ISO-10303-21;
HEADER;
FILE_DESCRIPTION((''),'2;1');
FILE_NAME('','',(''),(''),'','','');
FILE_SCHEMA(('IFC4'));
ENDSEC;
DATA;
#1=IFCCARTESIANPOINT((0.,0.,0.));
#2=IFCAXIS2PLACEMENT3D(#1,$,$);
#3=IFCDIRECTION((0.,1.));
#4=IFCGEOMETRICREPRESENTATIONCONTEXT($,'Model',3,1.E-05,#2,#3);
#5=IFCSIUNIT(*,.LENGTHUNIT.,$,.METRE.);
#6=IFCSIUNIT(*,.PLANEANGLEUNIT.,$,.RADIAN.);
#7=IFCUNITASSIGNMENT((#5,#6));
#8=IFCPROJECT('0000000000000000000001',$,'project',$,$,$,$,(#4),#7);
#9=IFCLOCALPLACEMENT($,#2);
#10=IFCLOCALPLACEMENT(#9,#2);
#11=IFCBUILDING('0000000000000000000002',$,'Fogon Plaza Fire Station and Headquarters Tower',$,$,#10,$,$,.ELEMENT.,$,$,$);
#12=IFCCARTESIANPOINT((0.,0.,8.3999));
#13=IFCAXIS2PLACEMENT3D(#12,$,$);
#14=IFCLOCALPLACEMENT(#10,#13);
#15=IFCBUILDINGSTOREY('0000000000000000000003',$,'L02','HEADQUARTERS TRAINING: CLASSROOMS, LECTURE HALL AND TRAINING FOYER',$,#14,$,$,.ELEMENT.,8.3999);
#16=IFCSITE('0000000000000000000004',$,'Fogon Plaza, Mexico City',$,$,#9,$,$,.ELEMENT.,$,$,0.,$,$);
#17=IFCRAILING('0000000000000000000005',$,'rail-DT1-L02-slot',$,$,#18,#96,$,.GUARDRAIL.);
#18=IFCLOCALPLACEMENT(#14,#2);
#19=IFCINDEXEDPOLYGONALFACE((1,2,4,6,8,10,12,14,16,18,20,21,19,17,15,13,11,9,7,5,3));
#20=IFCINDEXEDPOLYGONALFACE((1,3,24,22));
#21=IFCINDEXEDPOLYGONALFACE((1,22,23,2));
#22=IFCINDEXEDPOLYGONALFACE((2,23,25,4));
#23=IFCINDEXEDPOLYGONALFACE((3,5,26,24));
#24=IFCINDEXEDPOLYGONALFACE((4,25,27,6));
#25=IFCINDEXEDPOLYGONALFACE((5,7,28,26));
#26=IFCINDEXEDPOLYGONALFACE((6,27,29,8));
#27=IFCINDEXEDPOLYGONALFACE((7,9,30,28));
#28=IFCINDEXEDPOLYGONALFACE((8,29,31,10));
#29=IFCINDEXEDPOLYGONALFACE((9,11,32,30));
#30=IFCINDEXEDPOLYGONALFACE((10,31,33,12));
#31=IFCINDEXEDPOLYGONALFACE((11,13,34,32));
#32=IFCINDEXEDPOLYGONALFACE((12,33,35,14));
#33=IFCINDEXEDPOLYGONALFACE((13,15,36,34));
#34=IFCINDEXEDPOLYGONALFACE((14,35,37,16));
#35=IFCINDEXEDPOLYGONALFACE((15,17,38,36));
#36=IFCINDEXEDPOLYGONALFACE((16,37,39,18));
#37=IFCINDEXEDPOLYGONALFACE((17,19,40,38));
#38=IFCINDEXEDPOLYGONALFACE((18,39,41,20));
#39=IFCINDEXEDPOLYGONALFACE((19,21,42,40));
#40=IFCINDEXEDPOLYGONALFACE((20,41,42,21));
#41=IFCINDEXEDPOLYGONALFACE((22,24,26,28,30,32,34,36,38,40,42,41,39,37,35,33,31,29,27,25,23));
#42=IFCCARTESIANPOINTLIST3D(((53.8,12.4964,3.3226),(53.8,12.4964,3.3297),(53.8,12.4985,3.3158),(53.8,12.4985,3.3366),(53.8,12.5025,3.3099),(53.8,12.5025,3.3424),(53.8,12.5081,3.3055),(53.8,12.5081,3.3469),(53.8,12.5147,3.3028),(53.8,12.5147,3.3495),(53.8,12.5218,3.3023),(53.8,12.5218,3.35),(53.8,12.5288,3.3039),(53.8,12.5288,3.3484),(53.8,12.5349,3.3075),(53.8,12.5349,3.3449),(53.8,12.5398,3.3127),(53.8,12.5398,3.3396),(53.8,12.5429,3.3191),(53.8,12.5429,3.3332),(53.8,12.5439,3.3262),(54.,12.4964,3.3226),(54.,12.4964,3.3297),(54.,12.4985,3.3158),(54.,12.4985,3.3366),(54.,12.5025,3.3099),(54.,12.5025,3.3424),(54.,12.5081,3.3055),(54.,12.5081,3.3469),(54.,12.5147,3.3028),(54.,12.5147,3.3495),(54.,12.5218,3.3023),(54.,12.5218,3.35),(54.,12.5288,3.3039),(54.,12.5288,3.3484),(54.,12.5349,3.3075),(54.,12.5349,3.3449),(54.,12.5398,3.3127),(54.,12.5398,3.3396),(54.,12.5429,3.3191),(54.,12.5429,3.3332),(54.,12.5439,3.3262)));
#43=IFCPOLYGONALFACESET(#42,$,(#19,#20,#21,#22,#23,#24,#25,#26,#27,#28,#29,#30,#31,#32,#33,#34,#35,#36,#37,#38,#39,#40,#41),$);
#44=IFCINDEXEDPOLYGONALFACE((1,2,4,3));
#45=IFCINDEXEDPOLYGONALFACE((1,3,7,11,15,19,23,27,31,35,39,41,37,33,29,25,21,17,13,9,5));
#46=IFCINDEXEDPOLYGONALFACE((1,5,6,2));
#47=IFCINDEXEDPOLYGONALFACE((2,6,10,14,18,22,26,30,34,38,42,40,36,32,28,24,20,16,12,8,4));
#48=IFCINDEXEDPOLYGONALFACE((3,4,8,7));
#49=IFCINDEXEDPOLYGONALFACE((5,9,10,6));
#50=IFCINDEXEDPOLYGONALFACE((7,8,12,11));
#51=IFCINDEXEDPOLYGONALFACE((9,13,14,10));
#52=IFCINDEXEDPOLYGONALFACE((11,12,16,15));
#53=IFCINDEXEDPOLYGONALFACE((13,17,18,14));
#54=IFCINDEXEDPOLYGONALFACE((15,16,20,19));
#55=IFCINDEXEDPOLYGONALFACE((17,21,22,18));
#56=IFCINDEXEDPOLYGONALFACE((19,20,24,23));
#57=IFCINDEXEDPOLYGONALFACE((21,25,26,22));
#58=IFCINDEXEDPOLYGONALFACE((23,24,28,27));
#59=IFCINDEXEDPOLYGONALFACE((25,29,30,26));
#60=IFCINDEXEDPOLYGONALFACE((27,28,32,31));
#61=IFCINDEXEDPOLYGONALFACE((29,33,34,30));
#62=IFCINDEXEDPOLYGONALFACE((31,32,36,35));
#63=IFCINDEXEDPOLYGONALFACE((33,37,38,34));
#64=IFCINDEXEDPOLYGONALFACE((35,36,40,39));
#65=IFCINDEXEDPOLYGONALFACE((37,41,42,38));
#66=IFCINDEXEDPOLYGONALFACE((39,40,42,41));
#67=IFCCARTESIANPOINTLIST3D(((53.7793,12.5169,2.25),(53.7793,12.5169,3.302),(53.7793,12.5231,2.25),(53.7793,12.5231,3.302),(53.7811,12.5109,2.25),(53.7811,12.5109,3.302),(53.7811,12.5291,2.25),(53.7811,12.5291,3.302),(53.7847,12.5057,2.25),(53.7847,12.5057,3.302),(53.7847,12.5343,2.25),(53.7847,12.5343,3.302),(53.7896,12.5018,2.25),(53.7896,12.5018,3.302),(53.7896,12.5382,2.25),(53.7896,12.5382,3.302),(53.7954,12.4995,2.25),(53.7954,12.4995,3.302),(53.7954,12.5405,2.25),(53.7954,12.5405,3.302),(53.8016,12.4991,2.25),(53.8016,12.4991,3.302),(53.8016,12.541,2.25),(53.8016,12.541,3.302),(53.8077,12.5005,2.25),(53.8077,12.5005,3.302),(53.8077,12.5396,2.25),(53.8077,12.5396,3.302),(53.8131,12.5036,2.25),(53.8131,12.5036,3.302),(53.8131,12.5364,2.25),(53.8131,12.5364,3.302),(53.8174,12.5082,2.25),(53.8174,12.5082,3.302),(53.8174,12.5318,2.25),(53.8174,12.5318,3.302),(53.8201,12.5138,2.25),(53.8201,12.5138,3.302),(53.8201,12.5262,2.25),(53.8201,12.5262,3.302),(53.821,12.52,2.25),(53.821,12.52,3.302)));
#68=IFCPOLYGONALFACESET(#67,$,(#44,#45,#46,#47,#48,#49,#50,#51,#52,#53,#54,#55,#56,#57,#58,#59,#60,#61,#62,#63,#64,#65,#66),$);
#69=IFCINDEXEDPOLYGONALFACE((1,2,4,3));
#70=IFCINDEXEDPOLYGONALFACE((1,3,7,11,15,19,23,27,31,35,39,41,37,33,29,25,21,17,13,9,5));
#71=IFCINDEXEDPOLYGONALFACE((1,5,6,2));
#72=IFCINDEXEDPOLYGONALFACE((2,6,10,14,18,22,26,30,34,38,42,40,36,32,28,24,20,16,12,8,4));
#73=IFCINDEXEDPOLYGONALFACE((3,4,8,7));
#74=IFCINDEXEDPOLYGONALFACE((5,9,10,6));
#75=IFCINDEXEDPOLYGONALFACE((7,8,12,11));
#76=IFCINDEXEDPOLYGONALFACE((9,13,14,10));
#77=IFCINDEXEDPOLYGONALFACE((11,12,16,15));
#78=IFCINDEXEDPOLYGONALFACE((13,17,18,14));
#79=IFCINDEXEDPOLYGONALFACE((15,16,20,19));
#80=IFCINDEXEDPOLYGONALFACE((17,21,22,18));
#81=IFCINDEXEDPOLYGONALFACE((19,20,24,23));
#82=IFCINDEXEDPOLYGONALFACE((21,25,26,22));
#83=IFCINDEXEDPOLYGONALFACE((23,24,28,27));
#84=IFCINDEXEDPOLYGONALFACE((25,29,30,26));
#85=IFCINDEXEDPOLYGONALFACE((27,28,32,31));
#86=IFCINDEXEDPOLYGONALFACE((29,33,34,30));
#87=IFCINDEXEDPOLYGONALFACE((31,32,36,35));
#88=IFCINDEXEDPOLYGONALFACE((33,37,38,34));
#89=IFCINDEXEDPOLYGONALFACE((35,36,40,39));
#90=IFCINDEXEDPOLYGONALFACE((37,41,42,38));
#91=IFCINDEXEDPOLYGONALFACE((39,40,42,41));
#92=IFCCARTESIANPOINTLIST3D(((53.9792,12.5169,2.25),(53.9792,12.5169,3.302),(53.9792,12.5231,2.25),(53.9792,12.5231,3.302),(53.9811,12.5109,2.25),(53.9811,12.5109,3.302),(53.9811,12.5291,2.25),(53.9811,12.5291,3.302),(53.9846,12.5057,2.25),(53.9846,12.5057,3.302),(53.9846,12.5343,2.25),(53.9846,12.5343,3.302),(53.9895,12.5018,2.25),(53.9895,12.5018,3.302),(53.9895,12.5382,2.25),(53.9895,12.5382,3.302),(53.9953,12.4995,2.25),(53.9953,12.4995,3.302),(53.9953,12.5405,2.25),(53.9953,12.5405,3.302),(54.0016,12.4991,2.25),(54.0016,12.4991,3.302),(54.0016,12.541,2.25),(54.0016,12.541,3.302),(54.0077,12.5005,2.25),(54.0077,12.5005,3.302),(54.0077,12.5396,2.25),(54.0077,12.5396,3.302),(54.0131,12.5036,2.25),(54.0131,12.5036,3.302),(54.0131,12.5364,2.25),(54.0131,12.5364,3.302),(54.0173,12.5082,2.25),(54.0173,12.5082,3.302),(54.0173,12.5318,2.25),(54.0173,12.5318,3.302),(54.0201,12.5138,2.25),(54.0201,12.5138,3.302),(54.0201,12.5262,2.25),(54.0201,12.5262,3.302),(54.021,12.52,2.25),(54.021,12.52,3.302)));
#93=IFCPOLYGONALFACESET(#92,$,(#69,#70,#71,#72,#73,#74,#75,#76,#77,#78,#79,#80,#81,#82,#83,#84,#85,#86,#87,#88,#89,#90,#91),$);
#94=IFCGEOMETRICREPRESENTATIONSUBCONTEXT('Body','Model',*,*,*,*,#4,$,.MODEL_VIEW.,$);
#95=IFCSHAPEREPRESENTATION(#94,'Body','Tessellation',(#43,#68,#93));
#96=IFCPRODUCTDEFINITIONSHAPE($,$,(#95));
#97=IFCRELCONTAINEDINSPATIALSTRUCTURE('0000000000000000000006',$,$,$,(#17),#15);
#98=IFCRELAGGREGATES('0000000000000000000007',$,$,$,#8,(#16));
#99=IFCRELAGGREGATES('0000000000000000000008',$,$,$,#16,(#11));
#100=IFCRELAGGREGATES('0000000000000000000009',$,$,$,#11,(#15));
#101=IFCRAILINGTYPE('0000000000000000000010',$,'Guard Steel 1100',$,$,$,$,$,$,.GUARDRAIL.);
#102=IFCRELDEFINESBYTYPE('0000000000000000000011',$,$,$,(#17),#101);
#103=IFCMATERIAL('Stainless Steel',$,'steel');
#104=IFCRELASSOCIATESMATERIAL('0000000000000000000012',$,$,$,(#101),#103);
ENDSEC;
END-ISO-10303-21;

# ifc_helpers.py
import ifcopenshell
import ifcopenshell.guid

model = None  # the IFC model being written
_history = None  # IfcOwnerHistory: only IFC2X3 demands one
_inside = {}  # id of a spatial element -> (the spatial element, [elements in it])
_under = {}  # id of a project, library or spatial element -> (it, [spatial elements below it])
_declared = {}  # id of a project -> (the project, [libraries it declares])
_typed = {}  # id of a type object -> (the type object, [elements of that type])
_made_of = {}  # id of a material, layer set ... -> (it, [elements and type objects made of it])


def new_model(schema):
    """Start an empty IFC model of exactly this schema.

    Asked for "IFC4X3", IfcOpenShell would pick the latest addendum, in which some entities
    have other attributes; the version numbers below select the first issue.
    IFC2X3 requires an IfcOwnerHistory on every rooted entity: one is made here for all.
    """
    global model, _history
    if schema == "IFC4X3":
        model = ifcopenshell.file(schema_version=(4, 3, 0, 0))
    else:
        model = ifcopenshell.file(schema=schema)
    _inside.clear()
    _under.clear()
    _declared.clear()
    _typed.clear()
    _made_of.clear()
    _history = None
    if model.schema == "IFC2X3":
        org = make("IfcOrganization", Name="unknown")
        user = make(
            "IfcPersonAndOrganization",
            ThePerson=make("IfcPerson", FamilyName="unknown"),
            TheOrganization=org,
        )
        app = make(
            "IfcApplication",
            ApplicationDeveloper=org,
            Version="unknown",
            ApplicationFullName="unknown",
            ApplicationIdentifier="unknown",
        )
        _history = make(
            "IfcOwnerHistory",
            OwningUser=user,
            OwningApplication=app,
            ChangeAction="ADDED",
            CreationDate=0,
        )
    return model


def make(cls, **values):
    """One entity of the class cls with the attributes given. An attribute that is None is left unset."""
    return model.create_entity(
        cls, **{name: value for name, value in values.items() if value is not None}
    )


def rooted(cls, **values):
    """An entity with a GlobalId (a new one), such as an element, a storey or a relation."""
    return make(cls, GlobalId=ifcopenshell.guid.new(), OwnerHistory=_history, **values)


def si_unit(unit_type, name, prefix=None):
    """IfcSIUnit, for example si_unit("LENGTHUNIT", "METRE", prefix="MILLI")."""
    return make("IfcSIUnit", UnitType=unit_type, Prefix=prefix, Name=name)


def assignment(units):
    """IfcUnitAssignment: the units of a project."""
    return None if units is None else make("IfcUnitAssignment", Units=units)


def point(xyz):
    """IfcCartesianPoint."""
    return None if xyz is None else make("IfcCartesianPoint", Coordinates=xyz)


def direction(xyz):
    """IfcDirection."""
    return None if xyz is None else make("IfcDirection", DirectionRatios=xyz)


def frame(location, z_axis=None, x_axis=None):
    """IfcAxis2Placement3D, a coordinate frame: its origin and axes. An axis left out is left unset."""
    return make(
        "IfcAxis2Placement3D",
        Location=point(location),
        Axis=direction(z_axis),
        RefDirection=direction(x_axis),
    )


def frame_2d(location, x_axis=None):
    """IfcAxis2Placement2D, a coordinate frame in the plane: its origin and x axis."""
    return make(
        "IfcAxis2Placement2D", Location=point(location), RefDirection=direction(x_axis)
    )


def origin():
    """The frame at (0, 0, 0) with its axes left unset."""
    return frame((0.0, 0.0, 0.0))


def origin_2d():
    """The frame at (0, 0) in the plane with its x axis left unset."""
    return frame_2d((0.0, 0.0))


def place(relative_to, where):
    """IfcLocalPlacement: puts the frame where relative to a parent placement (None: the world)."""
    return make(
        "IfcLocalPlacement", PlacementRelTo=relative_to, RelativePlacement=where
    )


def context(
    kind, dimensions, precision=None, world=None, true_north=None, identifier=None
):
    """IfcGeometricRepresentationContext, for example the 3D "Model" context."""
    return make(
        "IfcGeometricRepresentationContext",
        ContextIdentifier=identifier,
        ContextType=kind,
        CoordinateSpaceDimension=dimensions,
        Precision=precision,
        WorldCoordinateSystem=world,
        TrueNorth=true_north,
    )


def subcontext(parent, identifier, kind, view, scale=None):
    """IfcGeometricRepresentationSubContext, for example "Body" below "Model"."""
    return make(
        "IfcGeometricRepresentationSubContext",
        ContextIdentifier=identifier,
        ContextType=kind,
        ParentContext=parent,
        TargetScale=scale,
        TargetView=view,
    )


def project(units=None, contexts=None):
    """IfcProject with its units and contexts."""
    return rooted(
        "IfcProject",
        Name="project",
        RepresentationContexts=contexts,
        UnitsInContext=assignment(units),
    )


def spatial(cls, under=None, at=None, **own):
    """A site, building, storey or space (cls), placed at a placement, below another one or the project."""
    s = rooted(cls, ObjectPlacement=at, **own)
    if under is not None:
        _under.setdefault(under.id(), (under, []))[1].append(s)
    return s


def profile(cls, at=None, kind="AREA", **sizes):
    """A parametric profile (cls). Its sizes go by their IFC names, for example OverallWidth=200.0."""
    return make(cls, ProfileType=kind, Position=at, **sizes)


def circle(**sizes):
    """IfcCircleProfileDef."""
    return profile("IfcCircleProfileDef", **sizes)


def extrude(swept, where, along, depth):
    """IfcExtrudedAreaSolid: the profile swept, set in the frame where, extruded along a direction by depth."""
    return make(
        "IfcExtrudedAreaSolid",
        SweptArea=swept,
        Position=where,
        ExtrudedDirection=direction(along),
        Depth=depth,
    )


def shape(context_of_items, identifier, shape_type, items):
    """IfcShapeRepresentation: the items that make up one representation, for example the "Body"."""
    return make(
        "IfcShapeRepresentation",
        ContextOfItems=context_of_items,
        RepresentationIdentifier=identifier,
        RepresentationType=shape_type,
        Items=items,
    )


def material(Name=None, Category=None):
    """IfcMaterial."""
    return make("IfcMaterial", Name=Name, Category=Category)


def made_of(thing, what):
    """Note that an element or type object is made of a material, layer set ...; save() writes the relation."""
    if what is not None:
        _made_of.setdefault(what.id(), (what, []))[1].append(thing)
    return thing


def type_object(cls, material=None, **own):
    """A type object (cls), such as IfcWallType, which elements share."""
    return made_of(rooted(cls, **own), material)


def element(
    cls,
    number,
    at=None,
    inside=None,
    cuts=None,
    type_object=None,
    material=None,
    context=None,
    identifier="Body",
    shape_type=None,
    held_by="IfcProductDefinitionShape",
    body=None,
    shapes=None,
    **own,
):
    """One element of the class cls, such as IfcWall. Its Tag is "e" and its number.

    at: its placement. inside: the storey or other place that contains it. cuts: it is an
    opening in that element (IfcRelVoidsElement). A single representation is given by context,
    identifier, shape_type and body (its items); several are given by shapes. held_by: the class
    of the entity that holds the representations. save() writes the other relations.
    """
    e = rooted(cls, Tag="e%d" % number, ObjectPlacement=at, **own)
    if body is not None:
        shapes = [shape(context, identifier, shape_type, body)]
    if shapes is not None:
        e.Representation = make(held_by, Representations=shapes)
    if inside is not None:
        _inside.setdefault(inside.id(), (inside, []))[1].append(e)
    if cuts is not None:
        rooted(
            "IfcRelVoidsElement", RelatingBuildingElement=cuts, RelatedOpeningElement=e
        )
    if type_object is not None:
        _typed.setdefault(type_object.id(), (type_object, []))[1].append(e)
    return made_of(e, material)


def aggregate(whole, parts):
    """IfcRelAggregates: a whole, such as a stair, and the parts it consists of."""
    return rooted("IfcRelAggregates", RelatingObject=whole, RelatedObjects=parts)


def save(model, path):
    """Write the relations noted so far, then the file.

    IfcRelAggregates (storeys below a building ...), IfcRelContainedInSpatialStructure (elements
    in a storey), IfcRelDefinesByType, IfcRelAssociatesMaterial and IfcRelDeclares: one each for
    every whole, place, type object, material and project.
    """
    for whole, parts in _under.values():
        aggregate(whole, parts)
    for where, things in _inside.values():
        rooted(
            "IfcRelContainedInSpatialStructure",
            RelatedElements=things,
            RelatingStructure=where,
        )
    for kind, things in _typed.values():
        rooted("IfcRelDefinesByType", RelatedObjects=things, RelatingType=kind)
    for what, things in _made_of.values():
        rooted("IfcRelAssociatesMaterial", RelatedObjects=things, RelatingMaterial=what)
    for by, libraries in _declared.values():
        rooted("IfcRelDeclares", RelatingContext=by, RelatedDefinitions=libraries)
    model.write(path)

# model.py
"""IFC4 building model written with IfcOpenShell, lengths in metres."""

from ifc_helpers import new_model, si_unit, direction, frame, origin, origin_2d, place, context, subcontext, project, spatial, circle, extrude, material, type_object, element, save


model = new_model("IFC4")

# Units and contexts
model_context = context("Model", 3, precision=1e-05, world=origin(), true_north=direction((0.0, 1.0)))
body_context = subcontext(model_context, "Body", "Model", "MODEL_VIEW")
ifc_project = project(units=[si_unit("LENGTHUNIT", "METRE"), si_unit("PLANEANGLEUNIT", "RADIAN")], contexts=[model_context])

# Site, building, storey
site_placement = place(None, origin())
site = spatial("IfcSite", under=ifc_project, at=site_placement, Name="Fogon Plaza, Mexico City", CompositionType="ELEMENT", RefElevation=0.0)
building_placement = place(site_placement, origin())
building = spatial("IfcBuilding", under=site, at=building_placement, Name="Fogon Plaza Fire Station and Headquarters Tower", CompositionType="ELEMENT")
storey_placement = place(building_placement, frame((0.0, 0.0, 8.3999)))
storey = spatial("IfcBuildingStorey", under=building, at=storey_placement, Name="L02", Description="HEADQUARTERS TRAINING: CLASSROOMS, LECTURE HALL AND TRAINING FOYER", CompositionType="ELEMENT", Elevation=8.3999)

# Railing
ifc_material_1 = material(Name="Stainless Steel", Category="steel")
railing_type_1 = type_object("IfcRailingType", Name="Guard Steel 1100", PredefinedType="GUARDRAIL", material=ifc_material_1)
for number, where, name in (
    (1, (53.8, 12.52, 2.25), "rail-DT1-L02-slot"),
):
    element("IfcRailing", number, at=place(storey_placement, frame(where)), inside=storey, type_object=railing_type_1, Name=name, PredefinedType="GUARDRAIL", context=body_context, shape_type="SweptSolid", body=[
        extrude(circle(Radius=0.0239, at=origin_2d()), frame((0.0, 0.0, 1.0762), z_axis=(1.0, 0.0, 0.0), x_axis=(0.0, 1.0, 0.0)), (0.0, 0.0, 1.0), 0.2),
        extrude(circle(Radius=0.021, at=origin_2d()), origin(), (0.0, 0.0, 1.0), 1.052),
        extrude(circle(Radius=0.021, at=origin_2d()), frame((0.2, 0.0, 0.0)), (0.0, 0.0, 1.0), 1.052),
    ])

save(model, "model.ifc")
